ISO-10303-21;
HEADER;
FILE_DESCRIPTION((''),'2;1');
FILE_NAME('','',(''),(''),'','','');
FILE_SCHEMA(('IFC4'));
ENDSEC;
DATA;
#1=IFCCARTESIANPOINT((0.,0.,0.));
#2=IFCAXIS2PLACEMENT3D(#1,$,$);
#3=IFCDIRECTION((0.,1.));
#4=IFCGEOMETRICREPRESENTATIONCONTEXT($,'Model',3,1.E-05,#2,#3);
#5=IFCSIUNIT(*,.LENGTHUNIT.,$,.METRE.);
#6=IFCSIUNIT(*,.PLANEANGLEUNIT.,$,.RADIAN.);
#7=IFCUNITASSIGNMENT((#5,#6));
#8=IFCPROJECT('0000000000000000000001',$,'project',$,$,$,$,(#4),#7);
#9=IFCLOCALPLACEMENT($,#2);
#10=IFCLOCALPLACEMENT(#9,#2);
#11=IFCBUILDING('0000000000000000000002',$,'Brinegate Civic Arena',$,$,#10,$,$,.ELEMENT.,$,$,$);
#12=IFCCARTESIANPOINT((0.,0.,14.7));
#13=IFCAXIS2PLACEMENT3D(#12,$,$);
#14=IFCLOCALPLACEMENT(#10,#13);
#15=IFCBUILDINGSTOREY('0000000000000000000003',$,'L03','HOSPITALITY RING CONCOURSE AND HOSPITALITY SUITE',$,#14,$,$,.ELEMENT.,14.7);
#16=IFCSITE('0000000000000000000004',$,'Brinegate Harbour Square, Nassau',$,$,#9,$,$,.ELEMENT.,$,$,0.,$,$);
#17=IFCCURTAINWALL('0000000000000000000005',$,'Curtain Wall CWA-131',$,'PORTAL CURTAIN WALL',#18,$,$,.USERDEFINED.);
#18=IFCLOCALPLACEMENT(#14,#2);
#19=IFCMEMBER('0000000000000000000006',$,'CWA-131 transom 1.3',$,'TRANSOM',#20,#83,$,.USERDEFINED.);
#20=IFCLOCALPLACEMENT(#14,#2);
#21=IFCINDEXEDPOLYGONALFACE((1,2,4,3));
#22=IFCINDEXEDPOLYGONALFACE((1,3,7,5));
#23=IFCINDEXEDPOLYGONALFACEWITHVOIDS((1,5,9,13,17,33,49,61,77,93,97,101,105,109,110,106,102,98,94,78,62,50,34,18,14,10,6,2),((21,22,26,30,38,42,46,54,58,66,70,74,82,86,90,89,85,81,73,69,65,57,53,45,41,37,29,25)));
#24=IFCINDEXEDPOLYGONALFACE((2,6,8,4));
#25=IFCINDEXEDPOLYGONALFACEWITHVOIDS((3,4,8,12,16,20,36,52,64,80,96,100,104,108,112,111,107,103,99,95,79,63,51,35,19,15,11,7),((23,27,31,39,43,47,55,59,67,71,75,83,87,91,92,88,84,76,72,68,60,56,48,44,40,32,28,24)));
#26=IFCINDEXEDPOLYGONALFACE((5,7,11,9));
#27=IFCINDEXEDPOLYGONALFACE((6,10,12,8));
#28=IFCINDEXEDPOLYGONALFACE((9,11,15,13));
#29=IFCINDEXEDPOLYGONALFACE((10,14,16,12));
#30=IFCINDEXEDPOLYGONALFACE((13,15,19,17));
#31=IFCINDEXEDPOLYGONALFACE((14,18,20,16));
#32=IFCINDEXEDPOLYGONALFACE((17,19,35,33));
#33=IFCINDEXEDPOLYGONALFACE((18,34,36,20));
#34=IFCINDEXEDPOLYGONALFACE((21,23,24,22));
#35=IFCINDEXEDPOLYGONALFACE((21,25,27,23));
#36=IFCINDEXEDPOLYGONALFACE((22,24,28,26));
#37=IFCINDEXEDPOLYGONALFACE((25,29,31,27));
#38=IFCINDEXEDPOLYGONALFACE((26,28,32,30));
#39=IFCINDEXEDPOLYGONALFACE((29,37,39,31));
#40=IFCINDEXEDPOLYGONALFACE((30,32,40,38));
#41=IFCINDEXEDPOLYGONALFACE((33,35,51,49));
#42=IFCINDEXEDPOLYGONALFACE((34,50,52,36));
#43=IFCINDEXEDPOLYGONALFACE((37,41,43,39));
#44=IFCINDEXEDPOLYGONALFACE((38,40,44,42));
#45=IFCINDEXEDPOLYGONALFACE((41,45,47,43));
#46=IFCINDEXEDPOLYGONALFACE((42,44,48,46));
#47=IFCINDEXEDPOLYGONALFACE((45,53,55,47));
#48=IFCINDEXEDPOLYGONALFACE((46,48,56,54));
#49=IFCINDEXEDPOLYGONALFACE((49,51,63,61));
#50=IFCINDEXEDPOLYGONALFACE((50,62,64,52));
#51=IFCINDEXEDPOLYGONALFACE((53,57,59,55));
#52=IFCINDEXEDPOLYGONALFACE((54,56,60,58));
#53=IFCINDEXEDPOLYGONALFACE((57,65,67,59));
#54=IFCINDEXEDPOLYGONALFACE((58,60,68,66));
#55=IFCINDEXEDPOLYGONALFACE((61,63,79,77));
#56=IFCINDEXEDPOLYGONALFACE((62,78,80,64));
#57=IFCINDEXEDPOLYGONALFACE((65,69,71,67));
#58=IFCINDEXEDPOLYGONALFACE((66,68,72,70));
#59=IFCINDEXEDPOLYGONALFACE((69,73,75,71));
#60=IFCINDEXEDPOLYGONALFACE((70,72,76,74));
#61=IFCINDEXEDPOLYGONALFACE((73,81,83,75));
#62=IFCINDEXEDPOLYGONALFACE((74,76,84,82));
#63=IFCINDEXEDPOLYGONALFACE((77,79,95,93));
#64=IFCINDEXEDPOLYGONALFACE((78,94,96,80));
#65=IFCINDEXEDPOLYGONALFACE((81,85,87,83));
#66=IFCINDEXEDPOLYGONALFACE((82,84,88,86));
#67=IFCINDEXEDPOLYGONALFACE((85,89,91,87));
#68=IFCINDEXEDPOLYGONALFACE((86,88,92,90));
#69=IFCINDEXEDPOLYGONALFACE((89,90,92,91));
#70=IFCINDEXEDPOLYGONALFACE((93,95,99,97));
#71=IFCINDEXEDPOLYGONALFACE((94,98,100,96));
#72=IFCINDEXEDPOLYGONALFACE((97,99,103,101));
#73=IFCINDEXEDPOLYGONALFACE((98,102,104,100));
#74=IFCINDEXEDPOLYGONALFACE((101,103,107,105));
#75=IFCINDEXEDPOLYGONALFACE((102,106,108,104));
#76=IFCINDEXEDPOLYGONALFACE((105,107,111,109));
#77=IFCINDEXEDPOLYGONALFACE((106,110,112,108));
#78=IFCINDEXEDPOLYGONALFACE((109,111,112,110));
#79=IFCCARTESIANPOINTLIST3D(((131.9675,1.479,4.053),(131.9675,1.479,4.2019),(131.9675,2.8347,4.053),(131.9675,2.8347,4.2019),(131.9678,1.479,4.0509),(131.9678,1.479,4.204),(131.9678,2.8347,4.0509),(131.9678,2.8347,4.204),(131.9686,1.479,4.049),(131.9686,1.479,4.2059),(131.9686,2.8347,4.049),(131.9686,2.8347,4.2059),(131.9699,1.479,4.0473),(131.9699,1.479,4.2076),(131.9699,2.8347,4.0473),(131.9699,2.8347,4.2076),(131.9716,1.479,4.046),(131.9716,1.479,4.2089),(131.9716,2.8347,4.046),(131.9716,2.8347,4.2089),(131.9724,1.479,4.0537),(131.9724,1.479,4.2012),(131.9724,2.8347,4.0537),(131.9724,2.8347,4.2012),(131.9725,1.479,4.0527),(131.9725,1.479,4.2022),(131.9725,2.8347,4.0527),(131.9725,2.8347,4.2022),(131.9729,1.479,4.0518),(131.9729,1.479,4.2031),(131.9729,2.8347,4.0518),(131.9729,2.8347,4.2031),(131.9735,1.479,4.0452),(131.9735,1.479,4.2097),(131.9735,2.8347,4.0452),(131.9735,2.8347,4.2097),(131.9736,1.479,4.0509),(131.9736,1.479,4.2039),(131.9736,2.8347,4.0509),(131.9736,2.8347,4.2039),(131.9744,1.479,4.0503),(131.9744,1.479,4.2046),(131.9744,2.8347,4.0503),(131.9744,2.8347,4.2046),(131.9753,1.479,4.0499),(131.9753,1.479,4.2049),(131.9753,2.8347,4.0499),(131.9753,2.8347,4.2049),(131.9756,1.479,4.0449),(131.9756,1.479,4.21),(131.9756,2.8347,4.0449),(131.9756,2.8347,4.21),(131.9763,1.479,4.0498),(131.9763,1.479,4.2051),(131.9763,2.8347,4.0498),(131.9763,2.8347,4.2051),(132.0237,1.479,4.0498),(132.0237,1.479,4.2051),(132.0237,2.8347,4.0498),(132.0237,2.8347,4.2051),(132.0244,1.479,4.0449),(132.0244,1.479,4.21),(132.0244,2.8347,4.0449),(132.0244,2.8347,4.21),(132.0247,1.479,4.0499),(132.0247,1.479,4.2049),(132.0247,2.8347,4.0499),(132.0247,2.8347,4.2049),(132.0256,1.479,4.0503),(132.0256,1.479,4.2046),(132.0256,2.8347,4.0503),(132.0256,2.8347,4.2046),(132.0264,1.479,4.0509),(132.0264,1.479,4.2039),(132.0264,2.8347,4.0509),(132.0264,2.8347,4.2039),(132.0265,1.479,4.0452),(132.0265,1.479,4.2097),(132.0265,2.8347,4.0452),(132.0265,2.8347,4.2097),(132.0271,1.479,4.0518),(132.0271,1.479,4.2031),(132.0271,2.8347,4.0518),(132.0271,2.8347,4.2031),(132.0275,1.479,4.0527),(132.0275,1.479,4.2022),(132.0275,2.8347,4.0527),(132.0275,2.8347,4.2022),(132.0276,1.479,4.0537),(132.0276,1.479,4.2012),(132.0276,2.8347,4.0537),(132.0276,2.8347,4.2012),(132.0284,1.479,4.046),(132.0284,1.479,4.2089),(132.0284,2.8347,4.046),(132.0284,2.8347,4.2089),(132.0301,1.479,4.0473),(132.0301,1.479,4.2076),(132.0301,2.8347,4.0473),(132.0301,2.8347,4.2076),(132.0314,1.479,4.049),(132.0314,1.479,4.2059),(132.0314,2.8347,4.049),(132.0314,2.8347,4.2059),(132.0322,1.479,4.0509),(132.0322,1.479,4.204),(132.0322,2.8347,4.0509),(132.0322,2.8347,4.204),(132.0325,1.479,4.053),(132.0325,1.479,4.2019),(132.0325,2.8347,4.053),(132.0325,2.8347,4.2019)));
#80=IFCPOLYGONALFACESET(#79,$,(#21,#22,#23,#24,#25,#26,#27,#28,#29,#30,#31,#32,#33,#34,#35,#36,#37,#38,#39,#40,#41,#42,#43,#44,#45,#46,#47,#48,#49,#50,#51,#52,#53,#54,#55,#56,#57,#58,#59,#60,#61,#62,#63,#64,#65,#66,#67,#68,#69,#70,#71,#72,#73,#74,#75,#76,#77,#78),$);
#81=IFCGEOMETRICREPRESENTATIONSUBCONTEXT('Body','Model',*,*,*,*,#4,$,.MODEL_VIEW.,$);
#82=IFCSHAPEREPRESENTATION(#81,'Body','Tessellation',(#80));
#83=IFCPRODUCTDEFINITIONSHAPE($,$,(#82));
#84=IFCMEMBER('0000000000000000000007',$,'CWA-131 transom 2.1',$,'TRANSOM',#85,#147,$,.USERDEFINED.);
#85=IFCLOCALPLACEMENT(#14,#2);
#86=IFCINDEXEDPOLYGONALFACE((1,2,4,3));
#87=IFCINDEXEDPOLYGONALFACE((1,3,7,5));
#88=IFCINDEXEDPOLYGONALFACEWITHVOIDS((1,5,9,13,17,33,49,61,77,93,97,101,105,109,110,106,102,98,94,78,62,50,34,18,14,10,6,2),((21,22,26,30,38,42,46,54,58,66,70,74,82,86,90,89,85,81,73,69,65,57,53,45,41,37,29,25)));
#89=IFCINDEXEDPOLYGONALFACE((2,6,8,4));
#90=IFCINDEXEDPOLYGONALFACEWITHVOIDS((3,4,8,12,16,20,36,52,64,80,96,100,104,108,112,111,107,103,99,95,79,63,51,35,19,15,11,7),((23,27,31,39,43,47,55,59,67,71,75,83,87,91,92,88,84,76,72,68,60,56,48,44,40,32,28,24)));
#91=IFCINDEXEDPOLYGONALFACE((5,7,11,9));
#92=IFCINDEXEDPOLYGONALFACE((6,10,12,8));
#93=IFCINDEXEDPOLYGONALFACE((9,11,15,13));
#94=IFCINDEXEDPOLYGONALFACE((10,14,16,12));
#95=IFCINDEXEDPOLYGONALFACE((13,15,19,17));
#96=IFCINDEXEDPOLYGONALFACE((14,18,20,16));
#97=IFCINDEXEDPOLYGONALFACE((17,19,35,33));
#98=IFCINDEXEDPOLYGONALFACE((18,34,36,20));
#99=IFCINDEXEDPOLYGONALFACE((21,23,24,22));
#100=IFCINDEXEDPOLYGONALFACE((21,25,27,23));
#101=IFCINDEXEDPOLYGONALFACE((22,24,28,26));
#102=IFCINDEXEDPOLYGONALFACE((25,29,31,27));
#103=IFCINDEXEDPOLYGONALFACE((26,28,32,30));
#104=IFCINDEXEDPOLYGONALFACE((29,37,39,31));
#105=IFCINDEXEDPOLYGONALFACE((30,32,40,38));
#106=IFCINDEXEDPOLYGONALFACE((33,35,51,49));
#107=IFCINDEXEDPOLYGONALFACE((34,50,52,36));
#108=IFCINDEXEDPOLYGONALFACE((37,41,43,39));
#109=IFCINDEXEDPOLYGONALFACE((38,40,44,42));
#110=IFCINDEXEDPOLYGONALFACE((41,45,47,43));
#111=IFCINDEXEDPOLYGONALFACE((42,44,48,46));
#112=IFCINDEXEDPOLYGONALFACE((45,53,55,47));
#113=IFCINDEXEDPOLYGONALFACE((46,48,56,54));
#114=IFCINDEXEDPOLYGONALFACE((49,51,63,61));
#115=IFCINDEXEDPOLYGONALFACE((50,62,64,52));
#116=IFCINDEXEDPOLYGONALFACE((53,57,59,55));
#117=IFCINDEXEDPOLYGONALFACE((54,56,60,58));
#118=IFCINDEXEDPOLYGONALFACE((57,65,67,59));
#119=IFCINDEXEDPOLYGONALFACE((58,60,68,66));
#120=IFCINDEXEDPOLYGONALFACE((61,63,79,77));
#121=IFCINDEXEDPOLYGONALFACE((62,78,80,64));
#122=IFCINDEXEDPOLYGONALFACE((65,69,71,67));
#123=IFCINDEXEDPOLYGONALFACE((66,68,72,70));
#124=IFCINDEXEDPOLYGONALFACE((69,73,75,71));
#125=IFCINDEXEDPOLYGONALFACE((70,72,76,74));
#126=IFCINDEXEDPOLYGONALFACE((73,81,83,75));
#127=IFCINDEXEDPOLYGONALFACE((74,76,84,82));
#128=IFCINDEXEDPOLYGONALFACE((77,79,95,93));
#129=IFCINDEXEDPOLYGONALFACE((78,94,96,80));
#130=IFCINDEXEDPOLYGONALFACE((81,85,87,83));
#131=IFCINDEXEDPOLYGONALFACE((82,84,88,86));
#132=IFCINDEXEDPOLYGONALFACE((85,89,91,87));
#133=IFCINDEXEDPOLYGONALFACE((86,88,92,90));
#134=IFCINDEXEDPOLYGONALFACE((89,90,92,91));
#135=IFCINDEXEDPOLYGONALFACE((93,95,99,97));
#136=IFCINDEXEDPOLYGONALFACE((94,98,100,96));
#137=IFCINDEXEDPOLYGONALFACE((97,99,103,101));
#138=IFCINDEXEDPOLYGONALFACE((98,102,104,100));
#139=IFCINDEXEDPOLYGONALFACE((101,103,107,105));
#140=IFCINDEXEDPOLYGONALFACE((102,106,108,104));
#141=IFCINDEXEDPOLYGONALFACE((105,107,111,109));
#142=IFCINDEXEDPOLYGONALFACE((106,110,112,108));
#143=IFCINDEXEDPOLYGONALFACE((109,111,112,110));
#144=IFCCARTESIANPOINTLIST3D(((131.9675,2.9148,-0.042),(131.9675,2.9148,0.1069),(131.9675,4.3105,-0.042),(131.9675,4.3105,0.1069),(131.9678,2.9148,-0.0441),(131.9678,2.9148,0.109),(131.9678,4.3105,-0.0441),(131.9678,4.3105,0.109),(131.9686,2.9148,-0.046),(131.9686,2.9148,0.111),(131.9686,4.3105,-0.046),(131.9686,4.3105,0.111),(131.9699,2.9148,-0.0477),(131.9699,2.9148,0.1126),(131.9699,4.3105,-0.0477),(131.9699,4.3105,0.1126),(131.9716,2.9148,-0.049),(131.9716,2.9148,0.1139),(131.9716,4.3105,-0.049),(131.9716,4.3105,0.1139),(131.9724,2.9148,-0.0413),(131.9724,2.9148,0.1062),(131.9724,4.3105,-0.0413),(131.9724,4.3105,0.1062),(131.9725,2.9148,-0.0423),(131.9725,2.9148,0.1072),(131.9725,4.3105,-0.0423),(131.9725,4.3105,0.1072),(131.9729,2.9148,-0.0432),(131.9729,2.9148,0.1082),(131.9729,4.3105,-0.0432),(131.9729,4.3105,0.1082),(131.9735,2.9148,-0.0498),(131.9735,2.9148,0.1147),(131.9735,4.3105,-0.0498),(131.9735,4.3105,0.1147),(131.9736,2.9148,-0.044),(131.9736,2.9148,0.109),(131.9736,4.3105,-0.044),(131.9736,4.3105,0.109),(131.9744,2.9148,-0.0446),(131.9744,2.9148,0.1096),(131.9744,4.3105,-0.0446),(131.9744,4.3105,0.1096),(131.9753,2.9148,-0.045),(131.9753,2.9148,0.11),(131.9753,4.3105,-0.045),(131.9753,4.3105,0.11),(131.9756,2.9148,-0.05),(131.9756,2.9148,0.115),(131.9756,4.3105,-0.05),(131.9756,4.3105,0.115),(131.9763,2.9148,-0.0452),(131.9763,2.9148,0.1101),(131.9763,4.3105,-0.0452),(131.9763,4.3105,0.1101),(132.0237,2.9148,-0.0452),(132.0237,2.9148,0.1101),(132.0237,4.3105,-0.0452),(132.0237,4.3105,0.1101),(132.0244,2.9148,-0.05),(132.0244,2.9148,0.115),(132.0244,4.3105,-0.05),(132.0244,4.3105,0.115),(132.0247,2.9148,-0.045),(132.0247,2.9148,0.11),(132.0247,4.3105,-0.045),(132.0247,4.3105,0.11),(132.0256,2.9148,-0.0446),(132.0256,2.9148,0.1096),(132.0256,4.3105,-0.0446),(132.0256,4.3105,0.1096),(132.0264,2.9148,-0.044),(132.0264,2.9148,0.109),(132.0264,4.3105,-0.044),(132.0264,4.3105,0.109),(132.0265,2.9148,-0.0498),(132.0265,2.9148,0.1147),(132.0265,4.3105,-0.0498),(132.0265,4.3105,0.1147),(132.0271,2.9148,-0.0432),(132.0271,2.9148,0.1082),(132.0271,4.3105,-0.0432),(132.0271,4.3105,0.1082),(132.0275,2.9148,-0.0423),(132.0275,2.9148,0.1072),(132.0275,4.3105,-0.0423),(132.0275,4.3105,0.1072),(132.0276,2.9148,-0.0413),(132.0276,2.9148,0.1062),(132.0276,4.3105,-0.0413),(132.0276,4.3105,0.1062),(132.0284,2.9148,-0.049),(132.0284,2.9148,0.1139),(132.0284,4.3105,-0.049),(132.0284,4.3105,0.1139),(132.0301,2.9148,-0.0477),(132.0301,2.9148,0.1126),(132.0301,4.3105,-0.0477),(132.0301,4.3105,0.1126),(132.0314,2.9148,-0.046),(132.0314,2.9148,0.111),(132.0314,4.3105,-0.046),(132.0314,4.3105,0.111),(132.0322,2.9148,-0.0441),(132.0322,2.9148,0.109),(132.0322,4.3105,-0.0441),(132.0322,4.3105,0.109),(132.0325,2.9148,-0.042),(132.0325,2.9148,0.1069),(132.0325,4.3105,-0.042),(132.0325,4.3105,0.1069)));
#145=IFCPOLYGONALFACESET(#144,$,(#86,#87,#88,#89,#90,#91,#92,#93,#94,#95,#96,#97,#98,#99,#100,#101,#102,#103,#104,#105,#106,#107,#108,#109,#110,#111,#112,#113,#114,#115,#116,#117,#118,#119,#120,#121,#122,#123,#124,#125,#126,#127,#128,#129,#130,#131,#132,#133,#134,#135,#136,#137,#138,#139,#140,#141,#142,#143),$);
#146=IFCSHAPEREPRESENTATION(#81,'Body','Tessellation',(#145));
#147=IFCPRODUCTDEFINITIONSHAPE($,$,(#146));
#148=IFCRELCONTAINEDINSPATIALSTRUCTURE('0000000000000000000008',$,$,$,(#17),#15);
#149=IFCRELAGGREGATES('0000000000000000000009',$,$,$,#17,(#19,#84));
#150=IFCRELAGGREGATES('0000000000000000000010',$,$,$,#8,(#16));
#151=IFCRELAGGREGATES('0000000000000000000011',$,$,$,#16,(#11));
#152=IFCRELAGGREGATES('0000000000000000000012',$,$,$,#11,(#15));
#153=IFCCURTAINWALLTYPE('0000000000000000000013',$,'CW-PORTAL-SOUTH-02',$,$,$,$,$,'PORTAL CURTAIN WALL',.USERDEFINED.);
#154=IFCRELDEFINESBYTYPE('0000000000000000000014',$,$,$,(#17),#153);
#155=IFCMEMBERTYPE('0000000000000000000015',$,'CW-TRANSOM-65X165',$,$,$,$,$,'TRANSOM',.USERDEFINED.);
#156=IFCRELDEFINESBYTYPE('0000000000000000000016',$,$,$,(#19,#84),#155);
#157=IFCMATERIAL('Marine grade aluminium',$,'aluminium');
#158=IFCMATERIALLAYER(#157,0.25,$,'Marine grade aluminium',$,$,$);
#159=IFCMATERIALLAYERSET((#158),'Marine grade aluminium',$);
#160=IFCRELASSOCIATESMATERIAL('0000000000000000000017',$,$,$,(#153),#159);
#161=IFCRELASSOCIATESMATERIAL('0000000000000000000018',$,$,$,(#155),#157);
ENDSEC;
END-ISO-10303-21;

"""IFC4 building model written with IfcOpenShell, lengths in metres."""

from ifc_helpers import new_model, si_unit, direction, frame, origin, origin_2d, place, context, subcontext, project, spatial, hollow_rectangle, extrude, material, layer, layer_set, material_profile, profile_set, type_object, element, aggregate, save


model = new_model("IFC4")

# Units and contexts
model_context = context("Model", 3, precision=1e-05, world=origin(), true_north=direction((0.0, 1.0)))
body_context = subcontext(model_context, "Body", "Model", "MODEL_VIEW")
ifc_project = project(units=[si_unit("LENGTHUNIT", "METRE"), si_unit("PLANEANGLEUNIT", "RADIAN")], contexts=[model_context])

# Site, building, storey
site_placement = place(None, origin())
site = spatial("IfcSite", under=ifc_project, at=site_placement, Name="Brinegate Harbour Square, Nassau", CompositionType="ELEMENT", RefElevation=0.0)
building_placement = place(site_placement, origin())
building = spatial("IfcBuilding", under=site, at=building_placement, Name="Brinegate Civic Arena", CompositionType="ELEMENT")
storey_placement = place(building_placement, frame((0.0, 0.0, 14.7)))
storey = spatial("IfcBuildingStorey", under=building, at=storey_placement, Name="L03", Description="HOSPITALITY RING CONCOURSE AND HOSPITALITY SUITE", CompositionType="ELEMENT", Elevation=14.7)

# Curtain wall, members
ifc_material_1 = material(Name="Marine grade aluminium", Category="aluminium")
ifc_layer_1 = layer(ifc_material_1, 0.25, Name="Marine grade aluminium")
ifc_layer_set_1 = layer_set([ifc_layer_1], Name="Marine grade aluminium")
curtain_wall_type = type_object("IfcCurtainWallType", Name="CW-PORTAL-SOUTH-02", ElementType="PORTAL CURTAIN WALL", PredefinedType="USERDEFINED", material=ifc_layer_set_1)
curtain_wall_placement = place(storey_placement, origin())
curtain_wall = element("IfcCurtainWall", 1, at=curtain_wall_placement, inside=storey, type_object=curtain_wall_type, Name="Curtain Wall CWA-131", ObjectType="PORTAL CURTAIN WALL", PredefinedType="USERDEFINED")
ifc_material_profile_1 = material_profile(ifc_material_1, hollow_rectangle(XDim=0.0649, YDim=0.165, WallThickness=0.0049, InnerFilletRadius=0.0039, OuterFilletRadius=0.0081, at=origin_2d()), Name="TRN65X165")
ifc_profile_set_1 = profile_set([ifc_material_profile_1], Name="Marine grade aluminium")
member_type_1 = type_object("IfcMemberType", Name="CW-TRANSOM-65X165", ElementType="TRANSOM", PredefinedType="USERDEFINED", material=ifc_profile_set_1)
member_1_placement = place(storey_placement, frame((132.0, 1.479, 4.1274), z_axis=(0.0, 1.0, 0.0), x_axis=(-1.0, 0.0, 0.0)))
member_1 = element("IfcMember", 2, at=member_1_placement, type_object=member_type_1, Name="CWA-131 transom 1.3", ObjectType="TRANSOM", PredefinedType="USERDEFINED", context=body_context, shape_type="SweptSolid", body=[
    extrude(hollow_rectangle(XDim=0.0649, YDim=0.165, WallThickness=0.0049, InnerFilletRadius=0.0039, OuterFilletRadius=0.0081, at=origin_2d()), origin(), (0.0, 0.0, 1.0), 1.3557),
])
member_2_placement = place(storey_placement, frame((132.0, 2.9148, 0.0325), z_axis=(0.0, 1.0, 0.0), x_axis=(-1.0, 0.0, 0.0)))
member_2 = element("IfcMember", 3, at=member_2_placement, type_object=member_type_1, Name="CWA-131 transom 2.1", ObjectType="TRANSOM", PredefinedType="USERDEFINED", context=body_context, shape_type="SweptSolid", body=[
    extrude(hollow_rectangle(XDim=0.0649, YDim=0.165, WallThickness=0.0049, InnerFilletRadius=0.0039, OuterFilletRadius=0.0081, at=origin_2d()), origin(), (0.0, 0.0, 1.0), 1.3958),
])

aggregate(curtain_wall, [member_1, member_2])

save(model, "model.ifc")
